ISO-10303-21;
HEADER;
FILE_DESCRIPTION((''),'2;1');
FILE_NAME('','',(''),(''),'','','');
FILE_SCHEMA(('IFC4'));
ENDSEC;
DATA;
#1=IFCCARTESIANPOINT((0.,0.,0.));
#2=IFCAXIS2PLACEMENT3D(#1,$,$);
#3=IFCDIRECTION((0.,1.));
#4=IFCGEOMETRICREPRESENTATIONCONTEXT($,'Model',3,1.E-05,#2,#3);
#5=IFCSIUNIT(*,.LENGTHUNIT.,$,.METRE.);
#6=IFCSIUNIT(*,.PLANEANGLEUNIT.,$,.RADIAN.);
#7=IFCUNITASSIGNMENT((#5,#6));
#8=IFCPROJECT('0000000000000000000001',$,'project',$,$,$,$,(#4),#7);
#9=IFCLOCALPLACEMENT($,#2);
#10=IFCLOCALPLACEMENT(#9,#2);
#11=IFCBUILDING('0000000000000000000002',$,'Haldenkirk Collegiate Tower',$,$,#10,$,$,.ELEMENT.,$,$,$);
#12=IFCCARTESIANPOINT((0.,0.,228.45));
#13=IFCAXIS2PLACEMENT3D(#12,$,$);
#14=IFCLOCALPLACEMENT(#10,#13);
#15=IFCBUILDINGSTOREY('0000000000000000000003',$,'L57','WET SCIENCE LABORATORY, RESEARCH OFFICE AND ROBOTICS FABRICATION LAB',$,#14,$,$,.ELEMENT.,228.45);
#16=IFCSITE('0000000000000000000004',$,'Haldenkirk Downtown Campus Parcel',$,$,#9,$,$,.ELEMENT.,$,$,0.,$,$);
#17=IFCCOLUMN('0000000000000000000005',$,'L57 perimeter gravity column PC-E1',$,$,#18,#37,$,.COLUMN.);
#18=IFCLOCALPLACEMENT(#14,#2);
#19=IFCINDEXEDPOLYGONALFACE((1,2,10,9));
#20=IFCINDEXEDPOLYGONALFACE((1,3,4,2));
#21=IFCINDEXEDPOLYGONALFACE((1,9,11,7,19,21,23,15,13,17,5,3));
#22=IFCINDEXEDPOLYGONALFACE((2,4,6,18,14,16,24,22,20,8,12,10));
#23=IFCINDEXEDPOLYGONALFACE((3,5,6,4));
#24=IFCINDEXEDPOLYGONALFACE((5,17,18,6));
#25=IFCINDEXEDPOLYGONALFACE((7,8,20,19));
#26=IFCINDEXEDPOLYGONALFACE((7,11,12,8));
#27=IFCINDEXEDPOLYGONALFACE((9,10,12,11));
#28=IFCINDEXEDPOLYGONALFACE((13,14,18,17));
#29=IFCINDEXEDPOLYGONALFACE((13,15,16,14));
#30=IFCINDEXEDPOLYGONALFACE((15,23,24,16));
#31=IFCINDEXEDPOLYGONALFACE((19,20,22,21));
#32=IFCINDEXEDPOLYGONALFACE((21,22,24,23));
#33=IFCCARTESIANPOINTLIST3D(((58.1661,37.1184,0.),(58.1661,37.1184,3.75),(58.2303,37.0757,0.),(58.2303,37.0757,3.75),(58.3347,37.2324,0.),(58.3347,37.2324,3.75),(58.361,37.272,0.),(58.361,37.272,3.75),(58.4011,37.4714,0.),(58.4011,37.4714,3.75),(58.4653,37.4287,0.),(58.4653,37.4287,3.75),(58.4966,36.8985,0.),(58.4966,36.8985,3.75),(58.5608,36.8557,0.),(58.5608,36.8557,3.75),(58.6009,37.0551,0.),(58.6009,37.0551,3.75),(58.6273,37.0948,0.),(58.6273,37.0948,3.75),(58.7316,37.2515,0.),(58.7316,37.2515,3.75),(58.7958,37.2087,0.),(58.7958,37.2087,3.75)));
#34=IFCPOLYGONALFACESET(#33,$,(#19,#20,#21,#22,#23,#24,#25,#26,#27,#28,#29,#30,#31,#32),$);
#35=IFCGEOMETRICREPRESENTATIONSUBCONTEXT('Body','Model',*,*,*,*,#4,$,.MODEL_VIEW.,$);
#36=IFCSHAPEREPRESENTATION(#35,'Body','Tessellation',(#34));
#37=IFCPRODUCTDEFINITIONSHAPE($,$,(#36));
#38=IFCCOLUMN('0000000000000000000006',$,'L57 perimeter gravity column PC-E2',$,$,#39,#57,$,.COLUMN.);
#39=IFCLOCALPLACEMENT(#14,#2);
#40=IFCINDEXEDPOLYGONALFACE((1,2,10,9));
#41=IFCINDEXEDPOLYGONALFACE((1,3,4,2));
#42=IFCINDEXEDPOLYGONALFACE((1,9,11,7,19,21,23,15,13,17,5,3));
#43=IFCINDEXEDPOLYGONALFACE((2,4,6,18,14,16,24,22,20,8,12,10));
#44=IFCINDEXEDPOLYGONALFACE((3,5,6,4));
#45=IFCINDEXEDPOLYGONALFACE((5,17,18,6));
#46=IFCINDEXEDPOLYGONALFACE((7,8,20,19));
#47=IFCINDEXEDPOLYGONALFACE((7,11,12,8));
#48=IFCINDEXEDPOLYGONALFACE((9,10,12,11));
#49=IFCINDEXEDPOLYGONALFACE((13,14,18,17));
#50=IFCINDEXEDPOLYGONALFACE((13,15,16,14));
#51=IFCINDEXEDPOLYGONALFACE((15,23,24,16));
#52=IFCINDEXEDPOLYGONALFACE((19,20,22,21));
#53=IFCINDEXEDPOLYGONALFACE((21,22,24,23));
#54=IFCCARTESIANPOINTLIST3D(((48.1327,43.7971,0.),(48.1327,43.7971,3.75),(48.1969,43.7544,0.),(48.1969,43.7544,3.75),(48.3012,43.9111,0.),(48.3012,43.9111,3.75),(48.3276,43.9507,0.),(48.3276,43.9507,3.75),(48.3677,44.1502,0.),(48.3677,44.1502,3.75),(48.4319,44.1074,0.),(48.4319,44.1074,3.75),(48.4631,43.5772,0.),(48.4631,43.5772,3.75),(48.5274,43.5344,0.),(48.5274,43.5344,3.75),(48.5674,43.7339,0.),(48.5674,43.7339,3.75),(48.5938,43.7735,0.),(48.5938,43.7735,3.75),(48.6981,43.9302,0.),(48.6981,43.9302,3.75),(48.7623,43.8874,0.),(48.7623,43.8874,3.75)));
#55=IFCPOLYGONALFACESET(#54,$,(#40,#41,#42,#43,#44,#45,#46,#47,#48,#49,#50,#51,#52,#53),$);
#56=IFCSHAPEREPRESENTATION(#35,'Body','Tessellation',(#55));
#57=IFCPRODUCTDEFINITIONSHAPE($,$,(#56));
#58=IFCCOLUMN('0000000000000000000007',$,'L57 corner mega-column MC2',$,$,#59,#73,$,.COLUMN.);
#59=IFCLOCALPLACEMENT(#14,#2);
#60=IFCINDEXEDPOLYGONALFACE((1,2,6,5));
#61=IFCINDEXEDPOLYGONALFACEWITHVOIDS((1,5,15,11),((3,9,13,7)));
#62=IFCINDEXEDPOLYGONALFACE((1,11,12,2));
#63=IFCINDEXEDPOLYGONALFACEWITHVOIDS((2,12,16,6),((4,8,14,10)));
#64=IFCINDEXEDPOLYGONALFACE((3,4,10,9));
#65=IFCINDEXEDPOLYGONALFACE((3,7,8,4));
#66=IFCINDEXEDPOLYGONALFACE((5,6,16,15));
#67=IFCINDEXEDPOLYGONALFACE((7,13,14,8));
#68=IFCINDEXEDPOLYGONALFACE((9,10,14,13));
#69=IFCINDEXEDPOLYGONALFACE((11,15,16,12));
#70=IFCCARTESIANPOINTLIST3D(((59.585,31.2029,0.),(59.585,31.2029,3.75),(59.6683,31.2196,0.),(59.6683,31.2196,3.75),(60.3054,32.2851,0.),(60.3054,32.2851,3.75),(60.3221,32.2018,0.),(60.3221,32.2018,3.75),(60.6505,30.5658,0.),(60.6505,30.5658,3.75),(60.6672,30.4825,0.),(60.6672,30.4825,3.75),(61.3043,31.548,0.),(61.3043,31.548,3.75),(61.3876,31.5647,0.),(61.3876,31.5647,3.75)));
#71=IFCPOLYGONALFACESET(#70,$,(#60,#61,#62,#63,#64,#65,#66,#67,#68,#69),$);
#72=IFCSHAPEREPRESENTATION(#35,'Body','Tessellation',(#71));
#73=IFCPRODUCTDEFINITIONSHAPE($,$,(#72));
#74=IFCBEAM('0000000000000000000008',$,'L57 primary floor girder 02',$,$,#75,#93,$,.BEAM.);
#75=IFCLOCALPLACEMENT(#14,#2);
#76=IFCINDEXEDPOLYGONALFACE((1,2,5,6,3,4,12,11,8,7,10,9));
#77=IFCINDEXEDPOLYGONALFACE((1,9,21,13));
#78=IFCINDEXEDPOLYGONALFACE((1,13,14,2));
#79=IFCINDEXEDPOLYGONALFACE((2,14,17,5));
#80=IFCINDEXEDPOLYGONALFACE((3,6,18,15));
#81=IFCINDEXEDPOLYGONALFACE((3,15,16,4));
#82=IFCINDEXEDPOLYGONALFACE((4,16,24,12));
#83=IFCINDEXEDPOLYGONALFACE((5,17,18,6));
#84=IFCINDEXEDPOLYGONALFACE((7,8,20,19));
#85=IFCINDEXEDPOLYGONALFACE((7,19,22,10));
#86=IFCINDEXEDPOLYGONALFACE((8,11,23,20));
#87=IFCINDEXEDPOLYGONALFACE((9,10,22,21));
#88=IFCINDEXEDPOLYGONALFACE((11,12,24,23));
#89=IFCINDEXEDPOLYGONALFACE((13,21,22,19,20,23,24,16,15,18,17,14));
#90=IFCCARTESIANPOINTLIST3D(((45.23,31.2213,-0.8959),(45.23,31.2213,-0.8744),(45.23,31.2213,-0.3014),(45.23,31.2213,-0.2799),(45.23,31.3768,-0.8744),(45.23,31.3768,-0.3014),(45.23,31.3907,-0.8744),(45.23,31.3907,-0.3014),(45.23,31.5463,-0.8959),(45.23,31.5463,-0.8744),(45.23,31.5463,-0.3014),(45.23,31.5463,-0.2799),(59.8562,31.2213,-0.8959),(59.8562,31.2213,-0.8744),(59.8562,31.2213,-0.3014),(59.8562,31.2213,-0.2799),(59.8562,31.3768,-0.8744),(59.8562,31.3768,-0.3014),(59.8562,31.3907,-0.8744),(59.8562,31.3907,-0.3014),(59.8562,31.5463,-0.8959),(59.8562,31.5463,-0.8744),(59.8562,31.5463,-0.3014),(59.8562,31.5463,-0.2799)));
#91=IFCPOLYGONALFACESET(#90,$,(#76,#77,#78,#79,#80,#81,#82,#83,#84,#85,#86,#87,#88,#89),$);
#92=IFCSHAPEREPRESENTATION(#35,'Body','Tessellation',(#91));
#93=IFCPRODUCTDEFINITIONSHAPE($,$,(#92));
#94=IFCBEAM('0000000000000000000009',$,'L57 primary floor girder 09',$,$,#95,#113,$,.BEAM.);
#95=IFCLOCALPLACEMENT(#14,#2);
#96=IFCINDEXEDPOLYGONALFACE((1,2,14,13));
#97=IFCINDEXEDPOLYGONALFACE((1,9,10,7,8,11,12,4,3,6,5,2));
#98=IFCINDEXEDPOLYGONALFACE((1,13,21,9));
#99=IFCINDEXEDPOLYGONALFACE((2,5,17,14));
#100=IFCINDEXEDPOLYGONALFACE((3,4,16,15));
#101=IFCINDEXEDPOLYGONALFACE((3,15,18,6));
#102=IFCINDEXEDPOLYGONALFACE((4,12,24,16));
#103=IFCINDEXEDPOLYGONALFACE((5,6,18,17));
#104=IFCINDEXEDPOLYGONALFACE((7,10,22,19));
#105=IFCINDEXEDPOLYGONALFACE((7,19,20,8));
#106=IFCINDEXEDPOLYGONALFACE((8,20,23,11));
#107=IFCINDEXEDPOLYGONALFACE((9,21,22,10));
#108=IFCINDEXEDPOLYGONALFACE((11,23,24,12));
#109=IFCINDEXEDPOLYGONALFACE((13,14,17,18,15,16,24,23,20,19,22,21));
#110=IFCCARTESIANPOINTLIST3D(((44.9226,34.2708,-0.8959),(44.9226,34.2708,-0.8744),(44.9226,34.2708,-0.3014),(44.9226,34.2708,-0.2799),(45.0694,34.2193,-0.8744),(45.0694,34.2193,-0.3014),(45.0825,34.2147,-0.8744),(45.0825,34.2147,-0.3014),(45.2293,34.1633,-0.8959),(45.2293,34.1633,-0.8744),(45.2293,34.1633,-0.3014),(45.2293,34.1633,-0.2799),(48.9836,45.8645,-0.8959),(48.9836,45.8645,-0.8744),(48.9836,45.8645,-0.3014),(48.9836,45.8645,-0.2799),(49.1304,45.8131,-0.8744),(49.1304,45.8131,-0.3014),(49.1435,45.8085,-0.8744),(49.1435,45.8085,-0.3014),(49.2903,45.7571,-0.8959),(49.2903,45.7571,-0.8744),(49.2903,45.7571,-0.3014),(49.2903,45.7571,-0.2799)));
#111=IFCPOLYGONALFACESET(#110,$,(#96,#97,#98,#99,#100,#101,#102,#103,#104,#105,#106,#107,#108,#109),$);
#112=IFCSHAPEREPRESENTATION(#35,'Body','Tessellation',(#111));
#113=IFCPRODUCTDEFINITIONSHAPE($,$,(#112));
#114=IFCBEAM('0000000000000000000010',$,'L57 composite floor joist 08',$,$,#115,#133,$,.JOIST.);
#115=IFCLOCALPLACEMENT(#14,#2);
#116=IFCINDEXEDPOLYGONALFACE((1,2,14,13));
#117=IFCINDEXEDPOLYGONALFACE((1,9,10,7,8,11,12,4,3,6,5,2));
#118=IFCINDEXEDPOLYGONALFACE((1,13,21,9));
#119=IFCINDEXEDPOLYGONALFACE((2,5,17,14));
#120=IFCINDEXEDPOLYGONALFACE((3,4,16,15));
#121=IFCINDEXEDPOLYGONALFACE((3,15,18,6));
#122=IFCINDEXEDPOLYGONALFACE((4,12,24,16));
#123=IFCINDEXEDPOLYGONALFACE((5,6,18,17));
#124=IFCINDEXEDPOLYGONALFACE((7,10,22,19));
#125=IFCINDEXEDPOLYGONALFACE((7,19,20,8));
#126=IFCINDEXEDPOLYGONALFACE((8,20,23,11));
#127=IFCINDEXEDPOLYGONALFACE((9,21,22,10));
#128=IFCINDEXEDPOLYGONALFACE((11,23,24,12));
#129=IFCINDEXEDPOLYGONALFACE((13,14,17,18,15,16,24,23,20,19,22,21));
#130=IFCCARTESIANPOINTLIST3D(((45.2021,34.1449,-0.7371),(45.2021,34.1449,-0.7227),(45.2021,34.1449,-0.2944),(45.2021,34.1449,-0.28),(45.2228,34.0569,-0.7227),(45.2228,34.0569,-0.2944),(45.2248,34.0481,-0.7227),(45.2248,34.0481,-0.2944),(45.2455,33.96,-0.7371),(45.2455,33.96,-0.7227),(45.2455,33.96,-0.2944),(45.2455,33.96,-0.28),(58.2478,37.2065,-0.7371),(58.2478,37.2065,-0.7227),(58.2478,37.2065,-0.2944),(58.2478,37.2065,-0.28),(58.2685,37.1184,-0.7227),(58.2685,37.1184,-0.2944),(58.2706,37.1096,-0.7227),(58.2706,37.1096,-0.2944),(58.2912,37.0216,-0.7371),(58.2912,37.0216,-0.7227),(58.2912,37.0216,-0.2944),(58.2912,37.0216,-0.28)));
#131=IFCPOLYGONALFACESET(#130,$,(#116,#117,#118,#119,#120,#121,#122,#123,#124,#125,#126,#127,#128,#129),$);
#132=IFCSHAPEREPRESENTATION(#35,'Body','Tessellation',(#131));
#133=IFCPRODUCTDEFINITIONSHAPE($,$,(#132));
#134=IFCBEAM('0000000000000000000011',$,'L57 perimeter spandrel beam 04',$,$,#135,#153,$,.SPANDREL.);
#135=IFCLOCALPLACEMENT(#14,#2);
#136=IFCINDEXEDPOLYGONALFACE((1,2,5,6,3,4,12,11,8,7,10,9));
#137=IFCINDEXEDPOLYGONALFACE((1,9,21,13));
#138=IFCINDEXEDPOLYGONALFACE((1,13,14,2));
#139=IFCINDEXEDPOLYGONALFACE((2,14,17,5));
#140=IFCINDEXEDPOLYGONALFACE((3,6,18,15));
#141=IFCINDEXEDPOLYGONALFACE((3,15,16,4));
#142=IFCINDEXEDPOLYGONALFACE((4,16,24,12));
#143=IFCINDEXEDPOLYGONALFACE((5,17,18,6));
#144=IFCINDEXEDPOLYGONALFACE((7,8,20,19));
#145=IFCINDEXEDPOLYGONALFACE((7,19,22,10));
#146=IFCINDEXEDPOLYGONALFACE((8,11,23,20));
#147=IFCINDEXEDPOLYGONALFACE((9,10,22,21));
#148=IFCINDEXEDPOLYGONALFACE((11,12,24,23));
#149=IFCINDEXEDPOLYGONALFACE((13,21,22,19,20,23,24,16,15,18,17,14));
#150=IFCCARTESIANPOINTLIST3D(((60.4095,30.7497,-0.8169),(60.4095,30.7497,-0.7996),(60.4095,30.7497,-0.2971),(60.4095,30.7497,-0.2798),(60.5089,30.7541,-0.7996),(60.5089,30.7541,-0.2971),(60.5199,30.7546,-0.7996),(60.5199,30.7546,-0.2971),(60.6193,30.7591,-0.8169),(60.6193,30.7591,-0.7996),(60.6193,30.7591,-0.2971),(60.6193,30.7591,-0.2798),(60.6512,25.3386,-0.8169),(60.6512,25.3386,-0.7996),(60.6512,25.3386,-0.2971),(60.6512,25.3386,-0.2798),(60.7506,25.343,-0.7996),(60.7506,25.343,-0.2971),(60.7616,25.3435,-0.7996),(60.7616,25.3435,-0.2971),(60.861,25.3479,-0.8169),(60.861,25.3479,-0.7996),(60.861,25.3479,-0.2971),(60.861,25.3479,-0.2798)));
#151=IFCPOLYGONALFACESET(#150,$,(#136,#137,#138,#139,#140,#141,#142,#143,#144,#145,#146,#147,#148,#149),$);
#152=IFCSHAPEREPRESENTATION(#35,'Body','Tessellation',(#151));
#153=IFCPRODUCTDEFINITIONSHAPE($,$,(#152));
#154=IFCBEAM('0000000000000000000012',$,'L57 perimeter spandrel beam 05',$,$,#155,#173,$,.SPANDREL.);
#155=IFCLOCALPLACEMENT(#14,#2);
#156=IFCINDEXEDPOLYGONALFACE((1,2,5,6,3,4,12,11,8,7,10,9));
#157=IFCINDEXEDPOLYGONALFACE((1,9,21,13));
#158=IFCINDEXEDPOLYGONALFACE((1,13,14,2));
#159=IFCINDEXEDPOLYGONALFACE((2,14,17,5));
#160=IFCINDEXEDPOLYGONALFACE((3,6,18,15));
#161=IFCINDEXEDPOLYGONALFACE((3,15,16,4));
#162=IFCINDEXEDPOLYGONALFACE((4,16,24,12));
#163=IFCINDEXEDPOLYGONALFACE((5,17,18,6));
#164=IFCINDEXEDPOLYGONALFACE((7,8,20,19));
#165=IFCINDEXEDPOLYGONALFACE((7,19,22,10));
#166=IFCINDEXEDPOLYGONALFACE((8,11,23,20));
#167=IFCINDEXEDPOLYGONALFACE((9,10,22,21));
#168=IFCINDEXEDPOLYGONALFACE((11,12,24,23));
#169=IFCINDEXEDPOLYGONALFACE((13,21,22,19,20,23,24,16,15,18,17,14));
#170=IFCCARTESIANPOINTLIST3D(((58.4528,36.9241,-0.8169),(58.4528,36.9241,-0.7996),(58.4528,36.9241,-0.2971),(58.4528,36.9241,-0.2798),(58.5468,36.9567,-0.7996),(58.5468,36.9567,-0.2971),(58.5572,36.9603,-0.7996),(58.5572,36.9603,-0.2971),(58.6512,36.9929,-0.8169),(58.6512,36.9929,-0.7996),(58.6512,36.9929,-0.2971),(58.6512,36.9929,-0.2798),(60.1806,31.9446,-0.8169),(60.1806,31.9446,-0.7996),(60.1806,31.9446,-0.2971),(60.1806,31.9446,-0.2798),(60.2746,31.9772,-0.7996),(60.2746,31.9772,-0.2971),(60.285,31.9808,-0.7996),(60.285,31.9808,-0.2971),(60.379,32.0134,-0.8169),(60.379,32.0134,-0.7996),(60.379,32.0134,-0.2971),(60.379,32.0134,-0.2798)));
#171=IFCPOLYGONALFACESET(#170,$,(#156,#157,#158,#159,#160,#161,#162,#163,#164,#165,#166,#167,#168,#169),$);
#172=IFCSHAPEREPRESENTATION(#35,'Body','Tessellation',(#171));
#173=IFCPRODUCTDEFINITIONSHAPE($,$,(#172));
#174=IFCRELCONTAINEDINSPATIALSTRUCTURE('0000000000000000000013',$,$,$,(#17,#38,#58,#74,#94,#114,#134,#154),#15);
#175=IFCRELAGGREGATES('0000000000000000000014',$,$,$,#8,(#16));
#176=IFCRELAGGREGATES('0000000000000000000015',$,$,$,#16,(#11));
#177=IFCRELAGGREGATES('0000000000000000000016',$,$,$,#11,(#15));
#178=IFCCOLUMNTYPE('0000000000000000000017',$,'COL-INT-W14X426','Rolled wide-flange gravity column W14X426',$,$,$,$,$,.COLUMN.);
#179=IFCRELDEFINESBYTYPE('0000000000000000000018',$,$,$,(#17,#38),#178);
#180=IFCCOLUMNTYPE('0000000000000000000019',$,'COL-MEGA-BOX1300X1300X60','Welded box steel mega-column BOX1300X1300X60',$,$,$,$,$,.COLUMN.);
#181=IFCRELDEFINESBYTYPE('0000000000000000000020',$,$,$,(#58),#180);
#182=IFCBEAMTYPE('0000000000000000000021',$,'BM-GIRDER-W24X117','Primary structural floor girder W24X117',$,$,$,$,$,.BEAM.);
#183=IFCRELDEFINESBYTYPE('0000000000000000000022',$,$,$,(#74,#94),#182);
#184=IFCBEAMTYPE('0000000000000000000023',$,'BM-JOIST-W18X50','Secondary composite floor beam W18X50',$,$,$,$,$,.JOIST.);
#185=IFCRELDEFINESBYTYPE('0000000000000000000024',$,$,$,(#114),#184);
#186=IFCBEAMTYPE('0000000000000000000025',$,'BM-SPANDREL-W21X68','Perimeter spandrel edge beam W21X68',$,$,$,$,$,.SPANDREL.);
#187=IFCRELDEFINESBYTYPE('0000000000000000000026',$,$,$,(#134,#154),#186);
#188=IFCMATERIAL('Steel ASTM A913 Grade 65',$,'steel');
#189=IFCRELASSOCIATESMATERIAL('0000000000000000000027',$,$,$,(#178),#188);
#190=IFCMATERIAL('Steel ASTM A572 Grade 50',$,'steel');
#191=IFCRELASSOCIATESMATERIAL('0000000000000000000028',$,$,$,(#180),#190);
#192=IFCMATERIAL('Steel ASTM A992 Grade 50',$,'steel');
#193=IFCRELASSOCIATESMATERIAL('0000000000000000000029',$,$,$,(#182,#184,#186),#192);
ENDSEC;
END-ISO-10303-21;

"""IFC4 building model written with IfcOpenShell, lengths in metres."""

from ifc_helpers import new_model, si_unit, direction, frame, origin, origin_2d, place, context, subcontext, project, spatial, hollow_rectangle, i_section, extrude, material, material_profile, profile_set, type_object, element, save


model = new_model("IFC4")

# Units and contexts
model_context = context("Model", 3, precision=1e-05, world=origin(), true_north=direction((0.0, 1.0)))
body_context = subcontext(model_context, "Body", "Model", "MODEL_VIEW")
ifc_project = project(units=[si_unit("LENGTHUNIT", "METRE"), si_unit("PLANEANGLEUNIT", "RADIAN")], contexts=[model_context])

# Site, building, storey
site_placement = place(None, origin())
site = spatial("IfcSite", under=ifc_project, at=site_placement, Name="Haldenkirk Downtown Campus Parcel", CompositionType="ELEMENT", RefElevation=0.0)
building_placement = place(site_placement, origin())
building = spatial("IfcBuilding", under=site, at=building_placement, Name="Haldenkirk Collegiate Tower", CompositionType="ELEMENT")
storey_placement = place(building_placement, frame((0.0, 0.0, 228.45)))
storey = spatial("IfcBuildingStorey", under=building, at=storey_placement, Name="L57", Description="WET SCIENCE LABORATORY, RESEARCH OFFICE AND ROBOTICS FABRICATION LAB", CompositionType="ELEMENT", Elevation=228.45)

# Columns
ifc_material_1 = material(Name="Steel ASTM A913 Grade 65", Category="steel")
ifc_material_profile_1 = material_profile(ifc_material_1, i_section(OverallWidth=0.4241, OverallDepth=0.4741, WebThickness=0.0476, FlangeThickness=0.0771, at=origin_2d()), Name="W14X426")
ifc_profile_set_1 = profile_set([ifc_material_profile_1], Name="Steel ASTM A913 Grade 65")
column_type_1 = type_object("IfcColumnType", Name="COL-INT-W14X426", Description="Rolled wide-flange gravity column W14X426", PredefinedType="COLUMN", material=ifc_profile_set_1)
for number, where, z_axis, x_axis, name in (
    (1, (58.481, 37.1636, 0.0), (0.0, 0.0, 1.0), (0.554118, 0.832438, 0.0), "L57 perimeter gravity column PC-E1"),
    (2, (48.4475, 43.8423, 0.0), (0.0, 0.0, 1.0), (0.554118, 0.832438, 0.0), "L57 perimeter gravity column PC-E2"),
):
    element("IfcColumn", number, at=place(storey_placement, frame(where, z_axis=z_axis, x_axis=x_axis)), inside=storey, type_object=column_type_1, Name=name, PredefinedType="COLUMN", context=body_context, shape_type="SweptSolid", body=[
        extrude(i_section(OverallWidth=0.4241, OverallDepth=0.4741, WebThickness=0.0476, FlangeThickness=0.0771, at=origin_2d()), origin(), (0.0, 0.0, 1.0), 3.75),
    ])
ifc_material_2 = material(Name="Steel ASTM A572 Grade 50", Category="steel")
ifc_material_profile_2 = material_profile(ifc_material_2, hollow_rectangle(XDim=1.3, YDim=1.3, WallThickness=0.0601, at=origin_2d()), Name="BOX1300X1300X60")
ifc_profile_set_2 = profile_set([ifc_material_profile_2], Name="Steel ASTM A572 Grade 50")
column_type_2 = type_object("IfcColumnType", Name="COL-MEGA-BOX1300X1300X60", Description="Welded box steel mega-column BOX1300X1300X60", PredefinedType="COLUMN", material=ifc_profile_set_2)
column_placement = place(storey_placement, frame((60.4863, 31.3838, 0.0), z_axis=(0.0, 0.0, 1.0), x_axis=(0.554118, 0.832438, 0.0)))
element("IfcColumn", 3, at=column_placement, inside=storey, type_object=column_type_2, Name="L57 corner mega-column MC2", PredefinedType="COLUMN", context=body_context, shape_type="SweptSolid", body=[
    extrude(hollow_rectangle(XDim=1.3, YDim=1.3, WallThickness=0.0601, at=origin_2d()), origin(), (0.0, 0.0, 1.0), 3.75),
])

# Beams
ifc_material_3 = material(Name="Steel ASTM A992 Grade 50", Category="steel")
ifc_material_profile_3 = material_profile(ifc_material_3, i_section(OverallWidth=0.325, OverallDepth=0.616, WebThickness=0.0139, FlangeThickness=0.0215, at=origin_2d()), Name="W24X117")
ifc_profile_set_3 = profile_set([ifc_material_profile_3], Name="Steel ASTM A992 Grade 50")
beam_type_1 = type_object("IfcBeamType", Name="BM-GIRDER-W24X117", Description="Primary structural floor girder W24X117", PredefinedType="BEAM", material=ifc_profile_set_3)
beam_1_placement = place(storey_placement, frame((59.8562, 31.3838, -0.5879), z_axis=(-1.0, 0.0, 0.0), x_axis=(0.0, -1.0, 0.0)))
element("IfcBeam", 4, at=beam_1_placement, inside=storey, type_object=beam_type_1, Name="L57 primary floor girder 02", PredefinedType="BEAM", context=body_context, shape_type="SweptSolid", body=[
    extrude(i_section(OverallWidth=0.325, OverallDepth=0.616, WebThickness=0.0139, FlangeThickness=0.0215, at=origin_2d()), origin(), (0.0, 0.0, 1.0), 14.6262),
])
beam_2_placement = place(storey_placement, frame((49.137, 45.8108, -0.5879), z_axis=(-0.330584, -0.943777, 0.0), x_axis=(0.943777, -0.330584, 0.0)))
element("IfcBeam", 5, at=beam_2_placement, inside=storey, type_object=beam_type_1, Name="L57 primary floor girder 09", PredefinedType="BEAM", context=body_context, shape_type="SweptSolid", body=[
    extrude(i_section(OverallWidth=0.325, OverallDepth=0.616, WebThickness=0.0139, FlangeThickness=0.0215, at=origin_2d()), origin(), (0.0, 0.0, 1.0), 12.2844),
])
ifc_material_profile_4 = material_profile(ifc_material_3, i_section(OverallWidth=0.1899, OverallDepth=0.457, WebThickness=0.009, FlangeThickness=0.0144, at=origin_2d()), Name="W18X50")
ifc_profile_set_4 = profile_set([ifc_material_profile_4], Name="Steel ASTM A992 Grade 50")
beam_type_2 = type_object("IfcBeamType", Name="BM-JOIST-W18X50", Description="Secondary composite floor beam W18X50", PredefinedType="JOIST", material=ifc_profile_set_4)
beam_3_placement = place(storey_placement, frame((58.2695, 37.114, -0.5085), z_axis=(-0.973551, -0.228471, 0.0), x_axis=(0.228471, -0.973551, 0.0)))
element("IfcBeam", 6, at=beam_3_placement, inside=storey, type_object=beam_type_2, Name="L57 composite floor joist 08", PredefinedType="JOIST", context=body_context, shape_type="SweptSolid", body=[
    extrude(i_section(OverallWidth=0.1899, OverallDepth=0.457, WebThickness=0.009, FlangeThickness=0.0144, at=origin_2d()), origin(), (0.0, 0.0, 1.0), 13.4001),
])
ifc_material_profile_5 = material_profile(ifc_material_3, i_section(OverallWidth=0.21, OverallDepth=0.5371, WebThickness=0.011, FlangeThickness=0.0173, at=origin_2d()), Name="W21X68")
ifc_profile_set_5 = profile_set([ifc_material_profile_5], Name="Steel ASTM A992 Grade 50")
beam_type_3 = type_object("IfcBeamType", Name="BM-SPANDREL-W21X68", Description="Perimeter spandrel edge beam W21X68", PredefinedType="SPANDREL", material=ifc_profile_set_5)
beam_4_placement = place(storey_placement, frame((60.7561, 25.3433, -0.5483), z_axis=(-0.044623, 0.999004, 0.0), x_axis=(-0.999004, -0.044623, 0.0)))
element("IfcBeam", 7, at=beam_4_placement, inside=storey, type_object=beam_type_3, Name="L57 perimeter spandrel beam 04", PredefinedType="SPANDREL", context=body_context, shape_type="SweptSolid", body=[
    extrude(i_section(OverallWidth=0.21, OverallDepth=0.5371, WebThickness=0.011, FlangeThickness=0.0173, at=origin_2d()), origin(), (0.0, 0.0, 1.0), 5.4165),
])
beam_5_placement = place(storey_placement, frame((60.2798, 31.979, -0.5483), z_axis=(-0.327807, 0.944745, 0.0), x_axis=(-0.944745, -0.327807, 0.0)))
element("IfcBeam", 8, at=beam_5_placement, inside=storey, type_object=beam_type_3, Name="L57 perimeter spandrel beam 05", PredefinedType="SPANDREL", context=body_context, shape_type="SweptSolid", body=[
    extrude(i_section(OverallWidth=0.21, OverallDepth=0.5371, WebThickness=0.011, FlangeThickness=0.0173, at=origin_2d()), origin(), (0.0, 0.0, 1.0), 5.2708),
])

save(model, "model.ifc")
